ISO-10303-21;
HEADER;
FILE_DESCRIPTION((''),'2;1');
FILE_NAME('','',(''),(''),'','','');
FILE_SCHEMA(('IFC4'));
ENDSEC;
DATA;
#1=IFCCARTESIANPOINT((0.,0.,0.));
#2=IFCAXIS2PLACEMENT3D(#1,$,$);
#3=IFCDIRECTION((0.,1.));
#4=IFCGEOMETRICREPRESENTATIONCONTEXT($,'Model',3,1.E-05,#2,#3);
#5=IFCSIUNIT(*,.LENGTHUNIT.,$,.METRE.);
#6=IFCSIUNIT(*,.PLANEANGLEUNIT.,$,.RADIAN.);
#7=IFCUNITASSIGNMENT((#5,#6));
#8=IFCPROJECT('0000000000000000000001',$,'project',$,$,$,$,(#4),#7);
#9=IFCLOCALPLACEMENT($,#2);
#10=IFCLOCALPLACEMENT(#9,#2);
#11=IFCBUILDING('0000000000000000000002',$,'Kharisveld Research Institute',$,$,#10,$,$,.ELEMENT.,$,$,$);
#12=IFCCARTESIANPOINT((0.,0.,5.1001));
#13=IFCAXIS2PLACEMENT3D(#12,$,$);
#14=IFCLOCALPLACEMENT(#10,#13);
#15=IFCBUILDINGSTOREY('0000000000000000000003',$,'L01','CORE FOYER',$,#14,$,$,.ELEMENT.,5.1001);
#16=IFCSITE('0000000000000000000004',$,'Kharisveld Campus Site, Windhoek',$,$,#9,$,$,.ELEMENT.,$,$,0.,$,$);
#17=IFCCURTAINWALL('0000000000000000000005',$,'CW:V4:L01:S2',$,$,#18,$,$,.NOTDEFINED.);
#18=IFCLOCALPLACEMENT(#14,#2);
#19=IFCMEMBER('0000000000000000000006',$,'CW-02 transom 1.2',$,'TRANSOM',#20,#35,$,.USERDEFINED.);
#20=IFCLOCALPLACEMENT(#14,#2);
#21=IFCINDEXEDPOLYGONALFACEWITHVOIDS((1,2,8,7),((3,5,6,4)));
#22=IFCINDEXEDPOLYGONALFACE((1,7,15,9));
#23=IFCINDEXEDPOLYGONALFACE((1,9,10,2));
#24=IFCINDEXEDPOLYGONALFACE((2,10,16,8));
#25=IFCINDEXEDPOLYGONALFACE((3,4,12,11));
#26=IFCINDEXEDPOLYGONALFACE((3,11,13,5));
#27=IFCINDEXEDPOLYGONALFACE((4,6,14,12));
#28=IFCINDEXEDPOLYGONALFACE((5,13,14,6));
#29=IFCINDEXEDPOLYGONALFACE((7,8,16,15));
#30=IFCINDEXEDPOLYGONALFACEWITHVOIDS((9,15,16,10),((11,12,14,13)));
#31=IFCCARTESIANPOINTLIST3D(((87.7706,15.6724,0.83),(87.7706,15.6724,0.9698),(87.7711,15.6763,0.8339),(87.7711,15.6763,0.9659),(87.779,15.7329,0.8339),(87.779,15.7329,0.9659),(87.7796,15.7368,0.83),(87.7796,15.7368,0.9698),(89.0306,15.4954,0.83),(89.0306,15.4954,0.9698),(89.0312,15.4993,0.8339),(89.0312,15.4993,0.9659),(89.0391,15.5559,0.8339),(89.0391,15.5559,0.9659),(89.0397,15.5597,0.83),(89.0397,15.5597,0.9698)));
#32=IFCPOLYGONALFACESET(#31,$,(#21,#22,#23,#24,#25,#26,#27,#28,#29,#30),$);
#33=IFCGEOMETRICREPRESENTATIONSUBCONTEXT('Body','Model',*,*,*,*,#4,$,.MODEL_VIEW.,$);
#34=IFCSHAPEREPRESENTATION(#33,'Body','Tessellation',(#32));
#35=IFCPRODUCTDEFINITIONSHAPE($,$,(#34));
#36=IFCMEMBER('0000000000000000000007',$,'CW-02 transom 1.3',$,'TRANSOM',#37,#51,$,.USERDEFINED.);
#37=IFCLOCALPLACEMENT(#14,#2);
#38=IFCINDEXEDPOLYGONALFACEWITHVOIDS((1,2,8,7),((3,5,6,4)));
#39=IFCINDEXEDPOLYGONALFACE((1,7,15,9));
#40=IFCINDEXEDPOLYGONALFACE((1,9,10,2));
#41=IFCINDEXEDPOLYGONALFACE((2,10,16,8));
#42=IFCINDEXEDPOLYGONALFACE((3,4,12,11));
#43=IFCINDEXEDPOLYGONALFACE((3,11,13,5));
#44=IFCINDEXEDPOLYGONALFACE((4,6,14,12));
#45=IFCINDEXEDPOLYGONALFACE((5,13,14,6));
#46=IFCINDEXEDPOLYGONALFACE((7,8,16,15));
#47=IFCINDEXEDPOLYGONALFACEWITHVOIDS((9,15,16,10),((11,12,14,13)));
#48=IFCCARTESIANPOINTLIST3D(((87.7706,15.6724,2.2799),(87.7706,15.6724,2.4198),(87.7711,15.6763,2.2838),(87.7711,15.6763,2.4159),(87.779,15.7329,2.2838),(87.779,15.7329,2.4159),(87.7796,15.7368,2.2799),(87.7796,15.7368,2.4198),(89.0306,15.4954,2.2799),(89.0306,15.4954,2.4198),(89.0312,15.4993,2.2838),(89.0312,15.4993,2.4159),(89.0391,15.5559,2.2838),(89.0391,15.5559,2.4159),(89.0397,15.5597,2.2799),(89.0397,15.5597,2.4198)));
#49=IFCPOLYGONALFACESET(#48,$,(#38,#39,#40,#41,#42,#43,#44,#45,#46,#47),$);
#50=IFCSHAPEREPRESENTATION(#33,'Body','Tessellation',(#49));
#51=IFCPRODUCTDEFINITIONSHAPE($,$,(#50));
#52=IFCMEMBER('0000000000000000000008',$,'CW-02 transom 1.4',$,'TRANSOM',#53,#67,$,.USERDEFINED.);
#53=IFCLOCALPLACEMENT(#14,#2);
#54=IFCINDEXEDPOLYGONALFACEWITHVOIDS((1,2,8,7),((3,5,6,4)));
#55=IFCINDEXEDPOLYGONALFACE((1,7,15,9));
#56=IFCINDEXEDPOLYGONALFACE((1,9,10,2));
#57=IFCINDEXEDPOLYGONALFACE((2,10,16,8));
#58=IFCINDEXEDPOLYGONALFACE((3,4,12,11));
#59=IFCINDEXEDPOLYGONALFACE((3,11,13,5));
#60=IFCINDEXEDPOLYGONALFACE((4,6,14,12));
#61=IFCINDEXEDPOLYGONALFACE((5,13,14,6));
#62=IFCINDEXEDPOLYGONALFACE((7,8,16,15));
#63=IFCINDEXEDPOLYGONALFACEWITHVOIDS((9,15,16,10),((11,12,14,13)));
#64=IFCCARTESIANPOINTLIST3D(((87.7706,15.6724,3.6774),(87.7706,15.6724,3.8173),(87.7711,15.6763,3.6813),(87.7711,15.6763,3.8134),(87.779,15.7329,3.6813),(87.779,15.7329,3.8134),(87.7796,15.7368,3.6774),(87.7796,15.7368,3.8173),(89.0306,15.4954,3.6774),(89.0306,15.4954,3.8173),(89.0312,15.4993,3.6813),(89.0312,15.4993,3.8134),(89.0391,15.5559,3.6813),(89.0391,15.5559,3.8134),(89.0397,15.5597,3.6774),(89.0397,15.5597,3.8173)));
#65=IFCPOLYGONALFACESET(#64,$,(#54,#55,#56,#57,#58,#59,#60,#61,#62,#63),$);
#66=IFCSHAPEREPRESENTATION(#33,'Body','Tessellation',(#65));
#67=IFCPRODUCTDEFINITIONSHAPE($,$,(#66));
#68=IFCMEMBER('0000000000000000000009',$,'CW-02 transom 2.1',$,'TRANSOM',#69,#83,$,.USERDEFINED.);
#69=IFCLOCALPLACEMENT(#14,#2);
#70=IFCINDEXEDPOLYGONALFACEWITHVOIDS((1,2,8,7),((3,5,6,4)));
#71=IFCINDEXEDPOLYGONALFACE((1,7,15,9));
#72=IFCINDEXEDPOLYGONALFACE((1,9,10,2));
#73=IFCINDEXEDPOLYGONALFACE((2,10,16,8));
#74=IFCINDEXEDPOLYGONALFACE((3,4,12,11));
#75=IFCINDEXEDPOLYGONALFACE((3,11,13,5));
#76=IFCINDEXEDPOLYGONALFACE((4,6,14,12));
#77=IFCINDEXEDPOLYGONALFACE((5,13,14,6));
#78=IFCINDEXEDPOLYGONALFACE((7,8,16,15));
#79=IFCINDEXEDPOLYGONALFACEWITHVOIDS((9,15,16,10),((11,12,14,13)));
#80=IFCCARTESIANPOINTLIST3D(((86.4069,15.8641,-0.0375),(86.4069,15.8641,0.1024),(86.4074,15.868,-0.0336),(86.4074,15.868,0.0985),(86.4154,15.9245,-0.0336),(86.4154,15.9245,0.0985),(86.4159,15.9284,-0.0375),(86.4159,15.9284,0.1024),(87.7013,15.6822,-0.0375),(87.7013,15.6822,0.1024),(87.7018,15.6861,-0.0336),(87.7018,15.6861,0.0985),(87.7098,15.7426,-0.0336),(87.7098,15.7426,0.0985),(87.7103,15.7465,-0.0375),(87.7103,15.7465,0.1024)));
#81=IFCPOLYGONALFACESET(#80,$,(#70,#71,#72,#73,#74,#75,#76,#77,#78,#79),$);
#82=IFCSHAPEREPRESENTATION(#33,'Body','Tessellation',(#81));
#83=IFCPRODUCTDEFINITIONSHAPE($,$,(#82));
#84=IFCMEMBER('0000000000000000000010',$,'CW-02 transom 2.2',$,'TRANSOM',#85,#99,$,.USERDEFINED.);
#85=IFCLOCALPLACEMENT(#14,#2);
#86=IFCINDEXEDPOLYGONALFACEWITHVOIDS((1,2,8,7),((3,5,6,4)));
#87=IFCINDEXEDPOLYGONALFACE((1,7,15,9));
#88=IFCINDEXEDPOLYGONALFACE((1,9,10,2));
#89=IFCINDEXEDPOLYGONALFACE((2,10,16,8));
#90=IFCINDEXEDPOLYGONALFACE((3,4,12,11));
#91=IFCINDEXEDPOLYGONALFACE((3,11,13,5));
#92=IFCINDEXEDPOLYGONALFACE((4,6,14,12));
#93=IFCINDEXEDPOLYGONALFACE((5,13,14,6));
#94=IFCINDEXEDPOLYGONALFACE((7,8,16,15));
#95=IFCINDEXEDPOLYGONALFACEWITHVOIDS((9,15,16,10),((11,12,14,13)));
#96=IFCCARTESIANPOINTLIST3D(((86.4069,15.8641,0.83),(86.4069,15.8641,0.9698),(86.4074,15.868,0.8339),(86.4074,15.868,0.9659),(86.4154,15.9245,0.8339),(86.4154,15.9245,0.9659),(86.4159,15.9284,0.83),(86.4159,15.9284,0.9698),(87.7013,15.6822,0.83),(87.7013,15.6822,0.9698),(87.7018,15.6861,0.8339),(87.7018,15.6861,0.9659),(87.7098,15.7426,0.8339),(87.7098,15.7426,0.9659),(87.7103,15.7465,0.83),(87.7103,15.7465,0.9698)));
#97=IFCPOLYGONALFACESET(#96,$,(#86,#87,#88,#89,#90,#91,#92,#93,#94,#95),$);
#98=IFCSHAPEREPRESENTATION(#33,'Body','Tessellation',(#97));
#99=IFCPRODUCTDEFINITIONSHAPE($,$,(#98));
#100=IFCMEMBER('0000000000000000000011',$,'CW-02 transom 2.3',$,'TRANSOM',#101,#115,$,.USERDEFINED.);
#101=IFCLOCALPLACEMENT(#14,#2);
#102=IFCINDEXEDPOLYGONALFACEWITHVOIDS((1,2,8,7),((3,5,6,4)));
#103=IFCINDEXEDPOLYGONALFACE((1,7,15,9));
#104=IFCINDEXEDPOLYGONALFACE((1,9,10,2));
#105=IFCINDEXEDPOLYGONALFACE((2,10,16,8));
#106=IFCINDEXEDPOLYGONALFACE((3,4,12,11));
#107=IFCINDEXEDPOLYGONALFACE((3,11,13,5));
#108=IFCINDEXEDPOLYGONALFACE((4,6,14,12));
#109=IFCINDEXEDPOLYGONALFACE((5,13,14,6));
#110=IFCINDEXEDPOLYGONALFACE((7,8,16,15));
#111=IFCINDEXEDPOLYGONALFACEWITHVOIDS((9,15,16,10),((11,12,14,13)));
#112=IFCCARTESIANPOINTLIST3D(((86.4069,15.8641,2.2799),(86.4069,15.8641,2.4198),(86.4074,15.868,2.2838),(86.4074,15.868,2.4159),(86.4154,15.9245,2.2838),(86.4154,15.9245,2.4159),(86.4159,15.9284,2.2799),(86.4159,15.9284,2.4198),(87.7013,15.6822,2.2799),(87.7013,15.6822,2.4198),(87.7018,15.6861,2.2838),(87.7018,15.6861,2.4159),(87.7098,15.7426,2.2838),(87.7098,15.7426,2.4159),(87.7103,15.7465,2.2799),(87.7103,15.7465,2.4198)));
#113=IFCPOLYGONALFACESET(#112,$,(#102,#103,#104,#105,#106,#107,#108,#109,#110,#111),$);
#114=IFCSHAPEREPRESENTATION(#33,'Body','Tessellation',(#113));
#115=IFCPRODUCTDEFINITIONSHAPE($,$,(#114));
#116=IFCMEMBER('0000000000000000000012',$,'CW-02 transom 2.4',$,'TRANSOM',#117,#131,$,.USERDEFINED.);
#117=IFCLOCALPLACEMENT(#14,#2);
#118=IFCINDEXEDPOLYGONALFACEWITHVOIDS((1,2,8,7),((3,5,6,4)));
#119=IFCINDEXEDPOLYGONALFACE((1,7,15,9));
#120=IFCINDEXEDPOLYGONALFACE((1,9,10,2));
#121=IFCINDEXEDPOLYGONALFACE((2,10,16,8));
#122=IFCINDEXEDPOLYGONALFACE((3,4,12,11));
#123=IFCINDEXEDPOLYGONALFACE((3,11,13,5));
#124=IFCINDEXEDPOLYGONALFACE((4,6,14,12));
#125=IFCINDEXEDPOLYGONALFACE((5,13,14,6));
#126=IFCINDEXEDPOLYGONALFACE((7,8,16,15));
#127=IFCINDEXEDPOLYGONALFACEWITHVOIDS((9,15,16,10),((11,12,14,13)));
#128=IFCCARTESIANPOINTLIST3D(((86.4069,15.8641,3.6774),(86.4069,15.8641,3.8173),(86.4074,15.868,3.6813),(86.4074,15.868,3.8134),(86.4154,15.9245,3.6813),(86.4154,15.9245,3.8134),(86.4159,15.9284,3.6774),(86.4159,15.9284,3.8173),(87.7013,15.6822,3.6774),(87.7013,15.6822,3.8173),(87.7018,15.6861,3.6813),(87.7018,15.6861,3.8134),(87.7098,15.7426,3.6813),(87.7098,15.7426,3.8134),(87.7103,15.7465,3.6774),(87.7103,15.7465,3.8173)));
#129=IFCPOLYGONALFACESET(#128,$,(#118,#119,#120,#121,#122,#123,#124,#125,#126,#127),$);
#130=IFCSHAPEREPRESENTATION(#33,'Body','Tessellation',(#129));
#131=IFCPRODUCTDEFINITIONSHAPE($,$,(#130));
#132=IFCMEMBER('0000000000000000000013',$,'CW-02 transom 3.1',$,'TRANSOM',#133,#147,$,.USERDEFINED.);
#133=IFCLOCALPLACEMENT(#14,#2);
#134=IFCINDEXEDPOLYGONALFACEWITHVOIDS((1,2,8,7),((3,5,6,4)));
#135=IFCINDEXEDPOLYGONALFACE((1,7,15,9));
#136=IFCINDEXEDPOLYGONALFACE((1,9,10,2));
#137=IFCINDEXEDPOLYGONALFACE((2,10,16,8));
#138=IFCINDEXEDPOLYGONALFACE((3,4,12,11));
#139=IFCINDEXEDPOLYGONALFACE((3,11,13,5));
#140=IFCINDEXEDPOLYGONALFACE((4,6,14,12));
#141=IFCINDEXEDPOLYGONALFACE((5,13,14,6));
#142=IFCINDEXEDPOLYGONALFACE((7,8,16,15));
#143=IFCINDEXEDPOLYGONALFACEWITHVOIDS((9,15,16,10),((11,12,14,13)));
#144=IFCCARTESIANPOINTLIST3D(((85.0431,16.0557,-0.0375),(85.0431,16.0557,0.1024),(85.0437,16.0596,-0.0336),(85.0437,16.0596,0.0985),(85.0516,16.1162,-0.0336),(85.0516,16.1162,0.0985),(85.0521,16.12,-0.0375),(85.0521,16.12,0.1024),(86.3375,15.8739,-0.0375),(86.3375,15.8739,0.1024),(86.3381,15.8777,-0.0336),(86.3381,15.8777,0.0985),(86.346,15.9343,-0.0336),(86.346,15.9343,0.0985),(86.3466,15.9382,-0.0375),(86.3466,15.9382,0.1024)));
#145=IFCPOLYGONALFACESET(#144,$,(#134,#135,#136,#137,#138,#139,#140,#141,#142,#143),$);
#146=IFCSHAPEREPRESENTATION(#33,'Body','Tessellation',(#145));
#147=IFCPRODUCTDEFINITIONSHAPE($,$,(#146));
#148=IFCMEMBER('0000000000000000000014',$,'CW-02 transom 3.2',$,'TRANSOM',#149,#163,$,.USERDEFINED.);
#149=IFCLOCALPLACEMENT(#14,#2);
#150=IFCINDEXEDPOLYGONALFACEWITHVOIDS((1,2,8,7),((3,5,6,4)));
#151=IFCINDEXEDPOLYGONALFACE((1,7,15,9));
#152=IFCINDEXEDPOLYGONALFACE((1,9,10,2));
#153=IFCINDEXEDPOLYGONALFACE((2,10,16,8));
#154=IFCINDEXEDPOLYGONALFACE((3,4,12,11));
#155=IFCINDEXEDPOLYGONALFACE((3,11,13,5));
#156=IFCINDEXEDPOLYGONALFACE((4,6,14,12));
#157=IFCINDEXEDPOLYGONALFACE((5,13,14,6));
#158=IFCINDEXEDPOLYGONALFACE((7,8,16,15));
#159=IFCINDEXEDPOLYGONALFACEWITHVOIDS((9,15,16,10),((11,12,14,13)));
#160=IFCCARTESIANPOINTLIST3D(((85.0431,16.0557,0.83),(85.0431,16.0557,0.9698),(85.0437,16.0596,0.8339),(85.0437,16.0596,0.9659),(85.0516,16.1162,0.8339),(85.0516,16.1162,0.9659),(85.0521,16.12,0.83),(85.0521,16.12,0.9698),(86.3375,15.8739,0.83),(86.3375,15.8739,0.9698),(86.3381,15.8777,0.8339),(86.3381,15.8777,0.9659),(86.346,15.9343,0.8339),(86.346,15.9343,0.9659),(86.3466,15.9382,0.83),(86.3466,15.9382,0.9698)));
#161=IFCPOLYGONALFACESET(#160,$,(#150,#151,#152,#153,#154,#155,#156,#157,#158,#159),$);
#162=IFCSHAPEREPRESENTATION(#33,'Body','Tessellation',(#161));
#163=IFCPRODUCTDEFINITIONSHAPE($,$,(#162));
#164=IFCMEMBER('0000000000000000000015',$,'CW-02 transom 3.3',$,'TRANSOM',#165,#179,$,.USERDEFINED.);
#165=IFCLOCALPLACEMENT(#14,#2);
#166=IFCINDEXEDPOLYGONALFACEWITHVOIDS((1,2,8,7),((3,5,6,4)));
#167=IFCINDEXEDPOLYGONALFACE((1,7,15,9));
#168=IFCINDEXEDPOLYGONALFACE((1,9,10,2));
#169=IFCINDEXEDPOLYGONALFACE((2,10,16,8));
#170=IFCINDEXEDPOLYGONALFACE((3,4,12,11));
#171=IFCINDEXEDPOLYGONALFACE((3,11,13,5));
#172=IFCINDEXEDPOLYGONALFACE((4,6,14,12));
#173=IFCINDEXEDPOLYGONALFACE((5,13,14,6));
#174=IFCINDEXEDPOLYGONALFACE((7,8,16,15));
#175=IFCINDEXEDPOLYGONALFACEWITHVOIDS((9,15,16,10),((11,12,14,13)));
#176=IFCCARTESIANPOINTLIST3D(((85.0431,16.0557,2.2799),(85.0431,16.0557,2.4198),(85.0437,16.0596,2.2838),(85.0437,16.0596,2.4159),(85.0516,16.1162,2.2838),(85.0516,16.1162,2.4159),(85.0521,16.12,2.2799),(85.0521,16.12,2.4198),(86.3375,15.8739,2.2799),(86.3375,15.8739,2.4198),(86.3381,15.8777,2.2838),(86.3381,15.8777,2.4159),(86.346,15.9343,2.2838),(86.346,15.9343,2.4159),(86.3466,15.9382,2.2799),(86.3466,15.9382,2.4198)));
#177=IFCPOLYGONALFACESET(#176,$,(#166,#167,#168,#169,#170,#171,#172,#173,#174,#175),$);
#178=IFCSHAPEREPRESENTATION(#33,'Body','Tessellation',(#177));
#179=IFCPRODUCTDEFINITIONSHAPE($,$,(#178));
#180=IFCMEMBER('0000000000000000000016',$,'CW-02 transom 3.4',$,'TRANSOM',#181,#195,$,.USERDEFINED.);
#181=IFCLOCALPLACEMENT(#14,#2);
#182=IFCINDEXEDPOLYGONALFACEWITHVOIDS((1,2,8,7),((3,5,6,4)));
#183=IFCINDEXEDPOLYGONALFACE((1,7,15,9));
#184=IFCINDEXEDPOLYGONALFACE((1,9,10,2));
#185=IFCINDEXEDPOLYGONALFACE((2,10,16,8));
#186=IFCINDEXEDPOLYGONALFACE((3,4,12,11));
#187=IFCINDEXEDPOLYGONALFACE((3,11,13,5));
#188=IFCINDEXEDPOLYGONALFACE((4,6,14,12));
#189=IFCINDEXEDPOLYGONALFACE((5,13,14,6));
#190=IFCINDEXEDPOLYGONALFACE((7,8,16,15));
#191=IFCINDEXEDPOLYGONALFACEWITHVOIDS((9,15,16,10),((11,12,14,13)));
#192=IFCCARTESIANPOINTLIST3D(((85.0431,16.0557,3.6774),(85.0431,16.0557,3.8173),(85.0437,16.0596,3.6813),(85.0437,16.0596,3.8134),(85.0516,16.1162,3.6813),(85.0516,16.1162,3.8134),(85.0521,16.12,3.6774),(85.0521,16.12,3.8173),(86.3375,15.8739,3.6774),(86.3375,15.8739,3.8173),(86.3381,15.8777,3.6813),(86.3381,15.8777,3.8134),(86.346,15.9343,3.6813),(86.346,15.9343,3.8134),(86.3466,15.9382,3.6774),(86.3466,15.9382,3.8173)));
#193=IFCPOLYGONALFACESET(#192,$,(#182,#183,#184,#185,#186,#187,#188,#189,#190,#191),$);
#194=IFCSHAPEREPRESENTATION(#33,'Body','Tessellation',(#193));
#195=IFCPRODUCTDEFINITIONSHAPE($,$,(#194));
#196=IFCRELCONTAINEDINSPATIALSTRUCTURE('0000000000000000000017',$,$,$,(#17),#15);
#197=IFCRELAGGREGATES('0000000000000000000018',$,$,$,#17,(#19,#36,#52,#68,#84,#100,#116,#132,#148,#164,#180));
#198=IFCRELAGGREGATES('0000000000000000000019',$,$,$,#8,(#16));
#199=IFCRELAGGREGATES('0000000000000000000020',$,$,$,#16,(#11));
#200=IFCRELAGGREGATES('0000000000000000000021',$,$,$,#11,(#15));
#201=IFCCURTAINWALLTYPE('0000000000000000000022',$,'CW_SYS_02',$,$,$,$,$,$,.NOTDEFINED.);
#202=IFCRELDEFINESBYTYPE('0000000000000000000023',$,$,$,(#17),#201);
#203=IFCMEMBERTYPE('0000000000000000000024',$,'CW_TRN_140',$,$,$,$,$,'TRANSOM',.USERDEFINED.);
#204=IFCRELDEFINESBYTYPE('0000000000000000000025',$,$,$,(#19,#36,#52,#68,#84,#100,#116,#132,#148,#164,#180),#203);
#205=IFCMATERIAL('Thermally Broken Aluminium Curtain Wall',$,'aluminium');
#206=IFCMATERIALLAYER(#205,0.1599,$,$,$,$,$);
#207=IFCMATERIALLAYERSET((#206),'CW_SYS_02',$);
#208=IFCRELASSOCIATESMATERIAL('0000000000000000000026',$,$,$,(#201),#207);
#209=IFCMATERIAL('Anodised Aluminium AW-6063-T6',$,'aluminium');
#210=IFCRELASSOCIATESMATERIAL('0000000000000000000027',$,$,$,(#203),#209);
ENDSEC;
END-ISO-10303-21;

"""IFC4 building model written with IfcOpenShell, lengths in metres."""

from ifc_helpers import new_model, si_unit, direction, frame, origin, origin_2d, place, context, subcontext, project, spatial, hollow_rectangle, extrude, material, layer, layer_set, material_profile, profile_set, type_object, element, aggregate, save


model = new_model("IFC4")

# Units and contexts
model_context = context("Model", 3, precision=1e-05, world=origin(), true_north=direction((0.0, 1.0)))
body_context = subcontext(model_context, "Body", "Model", "MODEL_VIEW")
ifc_project = project(units=[si_unit("LENGTHUNIT", "METRE"), si_unit("PLANEANGLEUNIT", "RADIAN")], contexts=[model_context])

# Site, building, storey
site_placement = place(None, origin())
site = spatial("IfcSite", under=ifc_project, at=site_placement, Name="Kharisveld Campus Site, Windhoek", CompositionType="ELEMENT", RefElevation=0.0)
building_placement = place(site_placement, origin())
building = spatial("IfcBuilding", under=site, at=building_placement, Name="Kharisveld Research Institute", CompositionType="ELEMENT")
storey_placement = place(building_placement, frame((0.0, 0.0, 5.1001)))
storey = spatial("IfcBuildingStorey", under=building, at=storey_placement, Name="L01", Description="CORE FOYER", CompositionType="ELEMENT", Elevation=5.1001)

# Curtain wall, members
ifc_material_1 = material(Name="Thermally Broken Aluminium Curtain Wall", Category="aluminium")
ifc_layer_1 = layer(ifc_material_1, 0.1599)
ifc_layer_set_1 = layer_set([ifc_layer_1], Name="CW_SYS_02")
curtain_wall_type_1 = type_object("IfcCurtainWallType", Name="CW_SYS_02", PredefinedType="NOTDEFINED", material=ifc_layer_set_1)
curtain_wall_1_placement = place(storey_placement, origin())
curtain_wall_1 = element("IfcCurtainWall", 1, at=curtain_wall_1_placement, inside=storey, type_object=curtain_wall_type_1, Name="CW:V4:L01:S2", PredefinedType="NOTDEFINED")
ifc_material_2 = material(Name="Anodised Aluminium AW-6063-T6", Category="aluminium")
ifc_material_profile_1 = material_profile(ifc_material_2, hollow_rectangle(XDim=0.0649, YDim=0.1399, WallThickness=0.0039, at=origin_2d()))
ifc_profile_set_1 = profile_set([ifc_material_profile_1], Name="Anodised Aluminium AW-6063-T6")
member_type_1 = type_object("IfcMemberType", Name="CW_TRN_140", ElementType="TRANSOM", PredefinedType="USERDEFINED", material=ifc_profile_set_1)
member_1_placement = place(storey_placement, frame((89.0352, 15.5276, 0.8999), z_axis=(-0.990277, 0.139111, 0.0), x_axis=(-0.139111, -0.990277, 0.0)))
member_1 = element("IfcMember", 2, at=member_1_placement, type_object=member_type_1, Name="CW-02 transom 1.2", ObjectType="TRANSOM", PredefinedType="USERDEFINED", context=body_context, shape_type="SweptSolid", body=[
    extrude(hollow_rectangle(XDim=0.0649, YDim=0.1399, WallThickness=0.0039, at=origin_2d()), origin(), (0.0, 0.0, 1.0), 1.2725),
])
member_2_placement = place(storey_placement, frame((89.0352, 15.5276, 2.3499), z_axis=(-0.990277, 0.139111, 0.0), x_axis=(-0.139111, -0.990277, 0.0)))
member_2 = element("IfcMember", 3, at=member_2_placement, type_object=member_type_1, Name="CW-02 transom 1.3", ObjectType="TRANSOM", PredefinedType="USERDEFINED", context=body_context, shape_type="SweptSolid", body=[
    extrude(hollow_rectangle(XDim=0.0649, YDim=0.1399, WallThickness=0.0039, at=origin_2d()), origin(), (0.0, 0.0, 1.0), 1.2725),
])
member_3_placement = place(storey_placement, frame((89.0352, 15.5276, 3.7473), z_axis=(-0.990277, 0.139111, 0.0), x_axis=(-0.139111, -0.990277, 0.0)))
member_3 = element("IfcMember", 4, at=member_3_placement, type_object=member_type_1, Name="CW-02 transom 1.4", ObjectType="TRANSOM", PredefinedType="USERDEFINED", context=body_context, shape_type="SweptSolid", body=[
    extrude(hollow_rectangle(XDim=0.0649, YDim=0.1399, WallThickness=0.0039, at=origin_2d()), origin(), (0.0, 0.0, 1.0), 1.2725),
])
member_4_placement = place(storey_placement, frame((87.7058, 15.7144, 0.0325), z_axis=(-0.990272, 0.139146, 0.0), x_axis=(-0.139146, -0.990272, 0.0)))
member_4 = element("IfcMember", 5, at=member_4_placement, type_object=member_type_1, Name="CW-02 transom 2.1", ObjectType="TRANSOM", PredefinedType="USERDEFINED", context=body_context, shape_type="SweptSolid", body=[
    extrude(hollow_rectangle(XDim=0.0649, YDim=0.1399, WallThickness=0.0039, at=origin_2d()), origin(), (0.0, 0.0, 1.0), 1.3071),
])
member_5_placement = place(storey_placement, frame((87.7058, 15.7144, 0.8999), z_axis=(-0.990272, 0.139146, 0.0), x_axis=(-0.139146, -0.990272, 0.0)))
member_5 = element("IfcMember", 6, at=member_5_placement, type_object=member_type_1, Name="CW-02 transom 2.2", ObjectType="TRANSOM", PredefinedType="USERDEFINED", context=body_context, shape_type="SweptSolid", body=[
    extrude(hollow_rectangle(XDim=0.0649, YDim=0.1399, WallThickness=0.0039, at=origin_2d()), origin(), (0.0, 0.0, 1.0), 1.3071),
])
member_6_placement = place(storey_placement, frame((87.7058, 15.7144, 2.3499), z_axis=(-0.990272, 0.139146, 0.0), x_axis=(-0.139146, -0.990272, 0.0)))
member_6 = element("IfcMember", 7, at=member_6_placement, type_object=member_type_1, Name="CW-02 transom 2.3", ObjectType="TRANSOM", PredefinedType="USERDEFINED", context=body_context, shape_type="SweptSolid", body=[
    extrude(hollow_rectangle(XDim=0.0649, YDim=0.1399, WallThickness=0.0039, at=origin_2d()), origin(), (0.0, 0.0, 1.0), 1.3071),
])
member_7_placement = place(storey_placement, frame((87.7058, 15.7144, 3.7473), z_axis=(-0.990272, 0.139146, 0.0), x_axis=(-0.139146, -0.990272, 0.0)))
member_7 = element("IfcMember", 8, at=member_7_placement, type_object=member_type_1, Name="CW-02 transom 2.4", ObjectType="TRANSOM", PredefinedType="USERDEFINED", context=body_context, shape_type="SweptSolid", body=[
    extrude(hollow_rectangle(XDim=0.0649, YDim=0.1399, WallThickness=0.0039, at=origin_2d()), origin(), (0.0, 0.0, 1.0), 1.3071),
])
member_8_placement = place(storey_placement, frame((86.342, 15.906, 0.0325), z_axis=(-0.990272, 0.139146, 0.0), x_axis=(-0.139146, -0.990272, 0.0)))
member_8 = element("IfcMember", 9, at=member_8_placement, type_object=member_type_1, Name="CW-02 transom 3.1", ObjectType="TRANSOM", PredefinedType="USERDEFINED", context=body_context, shape_type="SweptSolid", body=[
    extrude(hollow_rectangle(XDim=0.0649, YDim=0.1399, WallThickness=0.0039, at=origin_2d()), origin(), (0.0, 0.0, 1.0), 1.3071),
])
member_9_placement = place(storey_placement, frame((86.342, 15.906, 0.8999), z_axis=(-0.990272, 0.139146, 0.0), x_axis=(-0.139146, -0.990272, 0.0)))
member_9 = element("IfcMember", 10, at=member_9_placement, type_object=member_type_1, Name="CW-02 transom 3.2", ObjectType="TRANSOM", PredefinedType="USERDEFINED", context=body_context, shape_type="SweptSolid", body=[
    extrude(hollow_rectangle(XDim=0.0649, YDim=0.1399, WallThickness=0.0039, at=origin_2d()), origin(), (0.0, 0.0, 1.0), 1.3071),
])
member_10_placement = place(storey_placement, frame((86.342, 15.906, 2.3499), z_axis=(-0.990272, 0.139146, 0.0), x_axis=(-0.139146, -0.990272, 0.0)))
member_10 = element("IfcMember", 11, at=member_10_placement, type_object=member_type_1, Name="CW-02 transom 3.3", ObjectType="TRANSOM", PredefinedType="USERDEFINED", context=body_context, shape_type="SweptSolid", body=[
    extrude(hollow_rectangle(XDim=0.0649, YDim=0.1399, WallThickness=0.0039, at=origin_2d()), origin(), (0.0, 0.0, 1.0), 1.3071),
])
member_11_placement = place(storey_placement, frame((86.342, 15.906, 3.7473), z_axis=(-0.990272, 0.139146, 0.0), x_axis=(-0.139146, -0.990272, 0.0)))
member_11 = element("IfcMember", 12, at=member_11_placement, type_object=member_type_1, Name="CW-02 transom 3.4", ObjectType="TRANSOM", PredefinedType="USERDEFINED", context=body_context, shape_type="SweptSolid", body=[
    extrude(hollow_rectangle(XDim=0.0649, YDim=0.1399, WallThickness=0.0039, at=origin_2d()), origin(), (0.0, 0.0, 1.0), 1.3071),
])

aggregate(curtain_wall_1, [member_1, member_2, member_3, member_4, member_5, member_6, member_7, member_8, member_9, member_10, member_11])

save(model, "model.ifc")
